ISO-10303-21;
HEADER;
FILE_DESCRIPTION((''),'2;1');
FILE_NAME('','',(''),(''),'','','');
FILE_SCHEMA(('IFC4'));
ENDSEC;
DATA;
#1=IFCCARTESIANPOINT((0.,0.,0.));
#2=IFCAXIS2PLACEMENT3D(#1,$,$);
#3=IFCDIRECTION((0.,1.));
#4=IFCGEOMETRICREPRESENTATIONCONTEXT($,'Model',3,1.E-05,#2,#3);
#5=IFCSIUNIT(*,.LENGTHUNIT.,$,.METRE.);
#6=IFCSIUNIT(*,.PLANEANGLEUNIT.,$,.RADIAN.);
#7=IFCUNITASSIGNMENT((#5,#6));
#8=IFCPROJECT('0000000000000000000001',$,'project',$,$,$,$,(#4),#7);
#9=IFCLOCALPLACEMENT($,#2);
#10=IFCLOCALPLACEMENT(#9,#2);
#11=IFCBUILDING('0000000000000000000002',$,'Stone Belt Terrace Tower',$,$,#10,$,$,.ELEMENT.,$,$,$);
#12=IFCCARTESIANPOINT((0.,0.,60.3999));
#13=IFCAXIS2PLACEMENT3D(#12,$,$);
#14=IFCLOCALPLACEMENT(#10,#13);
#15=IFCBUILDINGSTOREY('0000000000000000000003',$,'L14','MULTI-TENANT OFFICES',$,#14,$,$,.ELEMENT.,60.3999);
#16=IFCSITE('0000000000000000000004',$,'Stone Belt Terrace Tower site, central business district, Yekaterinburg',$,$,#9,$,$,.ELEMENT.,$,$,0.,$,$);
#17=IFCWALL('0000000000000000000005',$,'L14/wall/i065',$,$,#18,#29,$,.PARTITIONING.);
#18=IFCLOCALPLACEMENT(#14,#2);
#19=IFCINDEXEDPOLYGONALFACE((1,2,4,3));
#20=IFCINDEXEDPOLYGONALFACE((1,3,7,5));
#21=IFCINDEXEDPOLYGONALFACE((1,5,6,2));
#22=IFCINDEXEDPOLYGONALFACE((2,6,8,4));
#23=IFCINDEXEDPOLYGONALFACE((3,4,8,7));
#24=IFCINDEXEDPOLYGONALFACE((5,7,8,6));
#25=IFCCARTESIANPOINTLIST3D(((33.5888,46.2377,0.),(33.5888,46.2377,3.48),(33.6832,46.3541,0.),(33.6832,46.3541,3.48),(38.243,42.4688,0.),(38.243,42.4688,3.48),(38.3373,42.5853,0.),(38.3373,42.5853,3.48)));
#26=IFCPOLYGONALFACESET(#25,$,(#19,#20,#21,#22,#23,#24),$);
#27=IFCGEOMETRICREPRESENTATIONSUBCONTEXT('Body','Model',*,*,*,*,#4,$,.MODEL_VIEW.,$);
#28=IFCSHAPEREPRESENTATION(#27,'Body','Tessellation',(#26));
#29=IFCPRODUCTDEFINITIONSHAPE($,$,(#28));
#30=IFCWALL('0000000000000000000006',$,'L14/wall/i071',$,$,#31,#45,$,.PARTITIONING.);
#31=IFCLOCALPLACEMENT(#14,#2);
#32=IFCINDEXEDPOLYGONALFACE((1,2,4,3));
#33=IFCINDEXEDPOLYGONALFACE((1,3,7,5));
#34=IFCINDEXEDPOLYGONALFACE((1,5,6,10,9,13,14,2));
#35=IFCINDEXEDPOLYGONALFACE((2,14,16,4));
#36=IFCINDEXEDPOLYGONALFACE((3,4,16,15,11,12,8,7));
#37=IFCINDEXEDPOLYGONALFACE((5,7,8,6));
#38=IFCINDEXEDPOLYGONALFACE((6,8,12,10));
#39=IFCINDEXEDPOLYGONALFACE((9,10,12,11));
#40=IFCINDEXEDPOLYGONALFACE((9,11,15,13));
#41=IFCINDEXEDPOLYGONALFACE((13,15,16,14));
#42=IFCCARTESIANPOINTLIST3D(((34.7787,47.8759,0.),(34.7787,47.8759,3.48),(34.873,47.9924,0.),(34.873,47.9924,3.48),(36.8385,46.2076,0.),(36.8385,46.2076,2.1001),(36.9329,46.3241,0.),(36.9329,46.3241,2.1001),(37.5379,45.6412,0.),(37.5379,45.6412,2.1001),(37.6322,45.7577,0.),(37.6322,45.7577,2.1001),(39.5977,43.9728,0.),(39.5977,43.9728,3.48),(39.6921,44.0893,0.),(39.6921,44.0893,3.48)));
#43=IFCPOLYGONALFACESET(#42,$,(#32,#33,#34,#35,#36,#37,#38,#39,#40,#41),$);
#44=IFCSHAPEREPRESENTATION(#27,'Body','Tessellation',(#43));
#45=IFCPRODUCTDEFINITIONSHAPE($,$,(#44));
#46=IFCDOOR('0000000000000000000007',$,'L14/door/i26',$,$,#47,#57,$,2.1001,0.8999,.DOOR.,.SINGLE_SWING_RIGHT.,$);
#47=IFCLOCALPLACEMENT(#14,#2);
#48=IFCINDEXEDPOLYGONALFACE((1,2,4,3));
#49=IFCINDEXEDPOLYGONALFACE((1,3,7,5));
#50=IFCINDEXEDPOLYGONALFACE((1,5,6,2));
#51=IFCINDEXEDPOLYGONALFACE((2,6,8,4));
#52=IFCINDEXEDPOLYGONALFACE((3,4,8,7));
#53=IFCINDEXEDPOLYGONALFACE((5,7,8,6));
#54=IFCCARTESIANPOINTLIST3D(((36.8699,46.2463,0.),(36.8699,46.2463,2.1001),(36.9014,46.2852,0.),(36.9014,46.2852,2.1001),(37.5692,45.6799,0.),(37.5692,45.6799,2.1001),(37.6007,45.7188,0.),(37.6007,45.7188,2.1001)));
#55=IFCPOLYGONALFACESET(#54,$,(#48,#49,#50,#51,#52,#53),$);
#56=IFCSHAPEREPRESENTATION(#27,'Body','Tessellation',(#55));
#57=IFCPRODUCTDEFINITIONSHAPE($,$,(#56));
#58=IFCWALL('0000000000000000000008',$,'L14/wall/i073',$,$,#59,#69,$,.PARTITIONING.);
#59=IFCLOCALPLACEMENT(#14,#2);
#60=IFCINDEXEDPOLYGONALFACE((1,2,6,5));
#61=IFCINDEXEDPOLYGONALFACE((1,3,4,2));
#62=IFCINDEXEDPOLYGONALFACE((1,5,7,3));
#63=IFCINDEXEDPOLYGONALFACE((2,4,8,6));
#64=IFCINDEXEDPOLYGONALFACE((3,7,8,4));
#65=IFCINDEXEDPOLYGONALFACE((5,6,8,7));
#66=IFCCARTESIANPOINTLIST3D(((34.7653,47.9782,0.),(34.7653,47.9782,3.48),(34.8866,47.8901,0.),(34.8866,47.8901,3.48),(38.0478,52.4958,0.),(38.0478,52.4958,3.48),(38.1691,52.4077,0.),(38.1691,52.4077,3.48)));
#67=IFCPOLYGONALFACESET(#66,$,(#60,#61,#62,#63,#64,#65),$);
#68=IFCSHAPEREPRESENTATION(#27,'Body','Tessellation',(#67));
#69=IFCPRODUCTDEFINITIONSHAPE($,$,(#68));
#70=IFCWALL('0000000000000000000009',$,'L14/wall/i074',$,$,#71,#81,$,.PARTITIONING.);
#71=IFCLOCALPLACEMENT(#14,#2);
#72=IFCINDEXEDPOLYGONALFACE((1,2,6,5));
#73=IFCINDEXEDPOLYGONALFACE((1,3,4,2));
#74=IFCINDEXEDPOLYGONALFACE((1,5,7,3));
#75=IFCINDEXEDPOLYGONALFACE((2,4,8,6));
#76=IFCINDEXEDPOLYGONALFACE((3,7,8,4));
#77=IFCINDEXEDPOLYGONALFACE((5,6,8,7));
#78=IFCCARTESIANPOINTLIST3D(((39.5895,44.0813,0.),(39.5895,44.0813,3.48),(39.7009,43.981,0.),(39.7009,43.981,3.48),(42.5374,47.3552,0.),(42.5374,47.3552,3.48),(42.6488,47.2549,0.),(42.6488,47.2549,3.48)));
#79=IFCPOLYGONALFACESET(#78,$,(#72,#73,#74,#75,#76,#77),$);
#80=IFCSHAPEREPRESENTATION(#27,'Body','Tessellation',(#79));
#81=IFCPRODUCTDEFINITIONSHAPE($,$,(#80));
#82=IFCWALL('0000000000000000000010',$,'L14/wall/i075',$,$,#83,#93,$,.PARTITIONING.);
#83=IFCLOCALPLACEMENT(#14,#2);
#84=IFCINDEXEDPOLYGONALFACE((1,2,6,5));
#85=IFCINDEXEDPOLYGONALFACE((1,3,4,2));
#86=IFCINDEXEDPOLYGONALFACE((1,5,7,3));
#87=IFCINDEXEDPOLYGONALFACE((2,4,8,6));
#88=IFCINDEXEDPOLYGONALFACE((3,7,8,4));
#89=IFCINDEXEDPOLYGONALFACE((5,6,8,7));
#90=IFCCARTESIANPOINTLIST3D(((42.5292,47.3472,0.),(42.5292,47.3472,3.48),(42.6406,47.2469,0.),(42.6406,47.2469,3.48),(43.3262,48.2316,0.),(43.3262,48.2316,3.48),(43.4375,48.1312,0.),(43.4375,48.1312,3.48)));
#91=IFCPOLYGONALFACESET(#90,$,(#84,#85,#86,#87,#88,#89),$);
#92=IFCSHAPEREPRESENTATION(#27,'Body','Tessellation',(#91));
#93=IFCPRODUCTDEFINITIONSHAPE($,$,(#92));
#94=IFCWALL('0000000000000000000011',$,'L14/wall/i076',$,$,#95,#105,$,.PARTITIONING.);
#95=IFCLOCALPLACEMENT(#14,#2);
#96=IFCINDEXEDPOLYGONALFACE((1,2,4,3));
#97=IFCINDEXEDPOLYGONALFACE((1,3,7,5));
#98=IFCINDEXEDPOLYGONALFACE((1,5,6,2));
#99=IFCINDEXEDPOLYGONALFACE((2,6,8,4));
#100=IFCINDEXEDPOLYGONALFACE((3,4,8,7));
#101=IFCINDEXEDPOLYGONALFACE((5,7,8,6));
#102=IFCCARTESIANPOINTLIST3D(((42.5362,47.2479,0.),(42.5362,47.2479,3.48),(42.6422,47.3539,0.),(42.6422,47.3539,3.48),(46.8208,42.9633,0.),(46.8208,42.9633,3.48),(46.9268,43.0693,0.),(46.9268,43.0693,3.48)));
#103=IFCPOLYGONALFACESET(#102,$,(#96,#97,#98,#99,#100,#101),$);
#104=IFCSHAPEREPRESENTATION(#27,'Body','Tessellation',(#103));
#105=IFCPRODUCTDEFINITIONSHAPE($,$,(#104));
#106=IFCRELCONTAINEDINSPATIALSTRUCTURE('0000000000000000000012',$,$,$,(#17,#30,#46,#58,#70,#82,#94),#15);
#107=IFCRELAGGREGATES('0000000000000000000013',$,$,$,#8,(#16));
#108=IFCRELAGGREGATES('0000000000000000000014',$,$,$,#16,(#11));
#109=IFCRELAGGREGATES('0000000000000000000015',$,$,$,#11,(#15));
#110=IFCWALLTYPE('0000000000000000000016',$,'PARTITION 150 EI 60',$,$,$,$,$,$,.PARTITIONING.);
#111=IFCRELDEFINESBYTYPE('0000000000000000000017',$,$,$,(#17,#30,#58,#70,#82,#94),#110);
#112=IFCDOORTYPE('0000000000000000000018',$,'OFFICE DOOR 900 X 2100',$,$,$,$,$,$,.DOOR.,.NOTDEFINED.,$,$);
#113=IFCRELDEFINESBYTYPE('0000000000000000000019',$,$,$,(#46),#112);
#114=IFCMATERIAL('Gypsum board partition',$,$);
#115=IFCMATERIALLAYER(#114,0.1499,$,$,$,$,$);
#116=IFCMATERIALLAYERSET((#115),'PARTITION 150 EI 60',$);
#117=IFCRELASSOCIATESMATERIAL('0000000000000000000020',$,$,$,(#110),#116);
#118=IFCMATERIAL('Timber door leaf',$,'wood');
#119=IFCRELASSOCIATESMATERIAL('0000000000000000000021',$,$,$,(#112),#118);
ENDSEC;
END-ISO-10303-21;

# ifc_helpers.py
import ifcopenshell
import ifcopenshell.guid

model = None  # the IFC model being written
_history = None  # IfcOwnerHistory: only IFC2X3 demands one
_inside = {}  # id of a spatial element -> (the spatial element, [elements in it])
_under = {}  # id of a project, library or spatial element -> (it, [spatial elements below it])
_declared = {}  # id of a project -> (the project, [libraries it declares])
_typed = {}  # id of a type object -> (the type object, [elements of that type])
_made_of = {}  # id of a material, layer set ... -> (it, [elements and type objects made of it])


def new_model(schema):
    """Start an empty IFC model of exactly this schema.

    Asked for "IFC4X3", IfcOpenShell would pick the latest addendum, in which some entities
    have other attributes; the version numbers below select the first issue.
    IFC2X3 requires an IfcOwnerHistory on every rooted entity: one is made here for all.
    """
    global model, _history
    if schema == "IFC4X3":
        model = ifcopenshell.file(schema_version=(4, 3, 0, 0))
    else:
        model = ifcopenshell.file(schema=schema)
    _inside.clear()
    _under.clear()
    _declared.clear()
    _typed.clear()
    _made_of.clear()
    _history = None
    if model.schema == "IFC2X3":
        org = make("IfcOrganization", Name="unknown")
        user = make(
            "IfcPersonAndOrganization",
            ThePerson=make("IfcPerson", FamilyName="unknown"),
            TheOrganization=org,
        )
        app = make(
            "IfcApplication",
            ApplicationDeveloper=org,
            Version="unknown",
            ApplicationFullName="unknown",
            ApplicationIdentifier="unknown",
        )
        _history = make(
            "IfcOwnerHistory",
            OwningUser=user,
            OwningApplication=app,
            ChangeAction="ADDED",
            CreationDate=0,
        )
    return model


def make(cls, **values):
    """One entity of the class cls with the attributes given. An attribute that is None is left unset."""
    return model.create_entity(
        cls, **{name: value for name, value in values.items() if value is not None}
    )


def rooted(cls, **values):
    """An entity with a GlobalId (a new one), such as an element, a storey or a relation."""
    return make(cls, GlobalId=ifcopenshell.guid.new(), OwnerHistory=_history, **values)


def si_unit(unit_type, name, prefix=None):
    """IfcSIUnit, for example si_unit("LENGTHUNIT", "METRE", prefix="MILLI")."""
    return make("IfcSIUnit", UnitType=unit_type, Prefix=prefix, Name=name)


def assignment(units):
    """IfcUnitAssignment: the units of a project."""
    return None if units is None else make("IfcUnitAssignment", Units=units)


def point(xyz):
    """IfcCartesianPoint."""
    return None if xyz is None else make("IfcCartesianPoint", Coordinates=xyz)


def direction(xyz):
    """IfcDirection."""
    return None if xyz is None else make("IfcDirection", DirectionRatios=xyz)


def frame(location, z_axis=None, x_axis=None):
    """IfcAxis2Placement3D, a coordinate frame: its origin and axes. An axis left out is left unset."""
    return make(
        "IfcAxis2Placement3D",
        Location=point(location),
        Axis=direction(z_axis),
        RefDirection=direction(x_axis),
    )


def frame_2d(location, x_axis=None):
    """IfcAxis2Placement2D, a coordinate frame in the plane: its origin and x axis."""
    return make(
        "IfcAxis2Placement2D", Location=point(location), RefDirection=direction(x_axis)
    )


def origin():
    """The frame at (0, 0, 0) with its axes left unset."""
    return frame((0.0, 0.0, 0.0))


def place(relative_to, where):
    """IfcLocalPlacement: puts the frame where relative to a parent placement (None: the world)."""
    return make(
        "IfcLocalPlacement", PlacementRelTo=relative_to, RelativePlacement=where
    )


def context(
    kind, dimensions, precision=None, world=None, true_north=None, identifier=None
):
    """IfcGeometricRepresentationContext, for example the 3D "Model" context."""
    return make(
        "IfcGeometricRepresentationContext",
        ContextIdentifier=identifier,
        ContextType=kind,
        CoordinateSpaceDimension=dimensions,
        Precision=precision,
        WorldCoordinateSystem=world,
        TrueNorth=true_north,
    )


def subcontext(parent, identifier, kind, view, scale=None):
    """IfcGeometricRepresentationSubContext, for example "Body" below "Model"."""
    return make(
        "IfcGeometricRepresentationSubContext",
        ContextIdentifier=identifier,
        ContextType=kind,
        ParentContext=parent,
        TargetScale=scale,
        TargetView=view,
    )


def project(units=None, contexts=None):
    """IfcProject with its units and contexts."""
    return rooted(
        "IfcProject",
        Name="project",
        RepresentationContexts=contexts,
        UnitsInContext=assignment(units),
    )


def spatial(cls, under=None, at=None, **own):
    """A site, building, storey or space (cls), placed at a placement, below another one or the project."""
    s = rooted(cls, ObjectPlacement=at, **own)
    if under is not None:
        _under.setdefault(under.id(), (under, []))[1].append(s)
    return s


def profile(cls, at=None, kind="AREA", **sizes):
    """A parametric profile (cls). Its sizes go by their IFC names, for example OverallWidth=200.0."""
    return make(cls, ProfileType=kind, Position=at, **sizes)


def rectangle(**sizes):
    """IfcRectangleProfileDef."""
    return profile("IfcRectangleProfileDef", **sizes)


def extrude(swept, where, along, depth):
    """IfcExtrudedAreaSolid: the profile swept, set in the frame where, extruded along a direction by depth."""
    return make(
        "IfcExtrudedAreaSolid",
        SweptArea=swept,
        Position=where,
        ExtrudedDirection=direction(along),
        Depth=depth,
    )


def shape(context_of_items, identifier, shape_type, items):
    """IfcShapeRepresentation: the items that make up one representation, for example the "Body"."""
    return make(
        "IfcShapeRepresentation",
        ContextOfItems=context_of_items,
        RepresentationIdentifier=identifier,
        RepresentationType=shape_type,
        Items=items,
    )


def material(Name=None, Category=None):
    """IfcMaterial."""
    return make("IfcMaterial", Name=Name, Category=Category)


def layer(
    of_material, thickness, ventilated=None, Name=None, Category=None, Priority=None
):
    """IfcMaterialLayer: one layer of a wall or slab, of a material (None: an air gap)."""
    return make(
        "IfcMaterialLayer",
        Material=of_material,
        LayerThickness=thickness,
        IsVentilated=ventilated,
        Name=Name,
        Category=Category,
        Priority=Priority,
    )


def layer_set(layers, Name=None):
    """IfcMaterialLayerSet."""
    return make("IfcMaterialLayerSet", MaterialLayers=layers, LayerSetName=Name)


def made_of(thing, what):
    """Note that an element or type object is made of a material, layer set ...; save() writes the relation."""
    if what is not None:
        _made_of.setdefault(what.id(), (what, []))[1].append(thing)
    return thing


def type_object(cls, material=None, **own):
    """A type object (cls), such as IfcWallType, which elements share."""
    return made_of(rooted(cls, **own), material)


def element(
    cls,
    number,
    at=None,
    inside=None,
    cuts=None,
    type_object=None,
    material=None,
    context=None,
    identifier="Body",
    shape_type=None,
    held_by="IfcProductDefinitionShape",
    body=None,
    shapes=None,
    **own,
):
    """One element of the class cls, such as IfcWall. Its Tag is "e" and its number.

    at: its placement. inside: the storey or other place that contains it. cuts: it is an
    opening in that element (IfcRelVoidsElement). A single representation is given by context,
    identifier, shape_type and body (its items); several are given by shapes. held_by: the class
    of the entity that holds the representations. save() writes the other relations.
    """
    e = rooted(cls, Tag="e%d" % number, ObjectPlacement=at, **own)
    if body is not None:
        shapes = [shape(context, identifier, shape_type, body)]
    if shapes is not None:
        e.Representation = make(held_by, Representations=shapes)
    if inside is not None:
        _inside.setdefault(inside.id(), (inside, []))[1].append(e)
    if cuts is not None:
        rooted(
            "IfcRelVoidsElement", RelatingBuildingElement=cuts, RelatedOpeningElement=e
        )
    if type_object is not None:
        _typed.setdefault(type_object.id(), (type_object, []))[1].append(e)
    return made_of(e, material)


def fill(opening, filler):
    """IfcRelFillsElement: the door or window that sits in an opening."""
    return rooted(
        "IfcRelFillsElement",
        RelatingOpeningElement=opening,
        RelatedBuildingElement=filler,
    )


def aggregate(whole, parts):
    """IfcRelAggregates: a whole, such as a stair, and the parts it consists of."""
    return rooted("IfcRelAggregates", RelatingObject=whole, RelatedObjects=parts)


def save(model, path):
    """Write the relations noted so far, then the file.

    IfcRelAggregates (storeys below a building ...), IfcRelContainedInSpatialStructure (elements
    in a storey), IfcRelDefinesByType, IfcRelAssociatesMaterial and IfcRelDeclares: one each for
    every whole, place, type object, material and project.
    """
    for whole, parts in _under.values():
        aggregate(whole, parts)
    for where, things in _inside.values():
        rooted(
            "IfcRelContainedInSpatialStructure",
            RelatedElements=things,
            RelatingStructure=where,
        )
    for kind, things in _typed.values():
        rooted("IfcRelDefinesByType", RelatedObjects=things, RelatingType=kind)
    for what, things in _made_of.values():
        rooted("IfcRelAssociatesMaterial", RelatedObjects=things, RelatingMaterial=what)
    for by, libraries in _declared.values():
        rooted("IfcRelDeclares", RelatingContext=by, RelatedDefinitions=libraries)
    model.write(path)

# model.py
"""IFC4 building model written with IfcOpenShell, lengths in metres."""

from ifc_helpers import new_model, si_unit, direction, frame, frame_2d, origin, place, context, subcontext, project, spatial, rectangle, extrude, material, layer, layer_set, type_object, element, fill, save


model = new_model("IFC4")

# Units and contexts
model_context = context("Model", 3, precision=1e-05, world=origin(), true_north=direction((0.0, 1.0)))
body_context = subcontext(model_context, "Body", "Model", "MODEL_VIEW")
ifc_project = project(units=[si_unit("LENGTHUNIT", "METRE"), si_unit("PLANEANGLEUNIT", "RADIAN")], contexts=[model_context])

# Site, building, storey
site_placement = place(None, origin())
site = spatial("IfcSite", under=ifc_project, at=site_placement, Name="Stone Belt Terrace Tower site, central business district, Yekaterinburg", CompositionType="ELEMENT", RefElevation=0.0)
building_placement = place(site_placement, origin())
building = spatial("IfcBuilding", under=site, at=building_placement, Name="Stone Belt Terrace Tower", CompositionType="ELEMENT")
storey_placement = place(building_placement, frame((0.0, 0.0, 60.3999)))
storey = spatial("IfcBuildingStorey", under=building, at=storey_placement, Name="L14", Description="MULTI-TENANT OFFICES", CompositionType="ELEMENT", Elevation=60.3999)

# Wall
ifc_material_1 = material(Name="Gypsum board partition")
ifc_layer_1 = layer(ifc_material_1, 0.1499)
ifc_layer_set_1 = layer_set([ifc_layer_1], Name="PARTITION 150 EI 60")
wall_type = type_object("IfcWallType", Name="PARTITION 150 EI 60", PredefinedType="PARTITIONING", material=ifc_layer_set_1)
wall_1_placement = place(storey_placement, frame((33.636, 46.2959, 0.0), z_axis=(0.0, 0.0, 1.0), x_axis=(0.777144, -0.629323, 0.0)))
element("IfcWall", 1, at=wall_1_placement, inside=storey, type_object=wall_type, Name="L14/wall/i065", PredefinedType="PARTITIONING", context=body_context, shape_type="SweptSolid", body=[
    extrude(rectangle(XDim=5.9888, YDim=0.1499, at=frame_2d((2.9944, 0.0))), origin(), (0.0, 0.0, 1.0), 3.48),
])

# Wall, opening, door
wall_2_placement = place(storey_placement, frame((34.8259, 47.9341, 0.0), z_axis=(0.0, 0.0, 1.0), x_axis=(0.777094, -0.629384, 0.0)))
wall_2 = element("IfcWall", 2, at=wall_2_placement, inside=storey, type_object=wall_type, Name="L14/wall/i071", PredefinedType="PARTITIONING", context=body_context, shape_type="SweptSolid", body=[
    extrude(rectangle(XDim=6.2014, YDim=0.1499, at=frame_2d((3.1006, 0.0))), origin(), (0.0, 0.0, 1.0), 3.48),
])
opening_placement = place(wall_2_placement, frame((2.6506, 0.0, 0.0)))
opening = element("IfcOpeningElement", 3, at=opening_placement, cuts=wall_2, PredefinedType="OPENING", context=body_context, shape_type="SweptSolid", body=[
    extrude(rectangle(XDim=0.8999, YDim=2.1001, at=frame_2d((0.45, 1.05))), frame((0.0, 0.085, 0.0), z_axis=(0.0, -1.0, 0.0), x_axis=(1.0, 0.0, 0.0)), (0.0, 0.0, 1.0), 0.1699),
])
ifc_material_2 = material(Name="Timber door leaf", Category="wood")
door_type = type_object("IfcDoorType", Name="OFFICE DOOR 900 X 2100", OperationType="NOTDEFINED", PredefinedType="DOOR", material=ifc_material_2)
door_placement = place(opening_placement, origin())
door = element("IfcDoor", 4, at=door_placement, inside=storey, type_object=door_type, Name="L14/door/i26", OperationType="SINGLE_SWING_RIGHT", OverallHeight=2.1001, OverallWidth=0.8999, PredefinedType="DOOR", context=body_context, shape_type="SweptSolid", body=[
    extrude(rectangle(XDim=0.8999, YDim=2.1001, at=frame_2d((0.45, 1.05))), frame((0.0, 0.0249, 0.0), z_axis=(0.0, -1.0, 0.0), x_axis=(1.0, 0.0, 0.0)), (0.0, 0.0, 1.0), 0.05),
])
fill(opening, door)

# Walls
wall_3_placement = place(storey_placement, frame((38.1084, 52.4517, 0.0), z_axis=(0.0, 0.0, 1.0), x_axis=(-0.587815, -0.808995, 0.0)))
element("IfcWall", 5, at=wall_3_placement, inside=storey, type_object=wall_type, Name="L14/wall/i073", PredefinedType="PARTITIONING", context=body_context, shape_type="SweptSolid", body=[
    extrude(rectangle(XDim=5.5842, YDim=0.1499, at=frame_2d((2.792, 0.0))), origin(), (0.0, 0.0, 1.0), 3.48),
])
wall_4_placement = place(storey_placement, frame((42.593, 47.3049, 0.0), z_axis=(0.0, 0.0, 1.0), x_axis=(-0.669148, -0.743129, 0.0)))
element("IfcWall", 6, at=wall_4_placement, inside=storey, type_object=wall_type, Name="L14/wall/i074", PredefinedType="PARTITIONING", context=body_context, shape_type="SweptSolid", body=[
    extrude(rectangle(XDim=4.4055, YDim=0.1499, at=frame_2d((2.2026, 0.0))), origin(), (0.0, 0.0, 1.0), 3.48),
])
wall_5_placement = place(storey_placement, frame((43.3818, 48.1814, 0.0), z_axis=(0.0, 0.0, 1.0), x_axis=(-0.669441, -0.742866, 0.0)))
element("IfcWall", 7, at=wall_5_placement, inside=storey, type_object=wall_type, Name="L14/wall/i075", PredefinedType="PARTITIONING", context=body_context, shape_type="SweptSolid", body=[
    extrude(rectangle(XDim=1.1904, YDim=0.1499, at=frame_2d((0.5952, 0.0))), origin(), (0.0, 0.0, 1.0), 3.48),
])
wall_6_placement = place(storey_placement, frame((42.5891, 47.301, 0.0), z_axis=(0.0, 0.0, 1.0), x_axis=(0.707107, -0.707107, 0.0)))
element("IfcWall", 8, at=wall_6_placement, inside=storey, type_object=wall_type, Name="L14/wall/i076", PredefinedType="PARTITIONING", context=body_context, shape_type="SweptSolid", body=[
    extrude(rectangle(XDim=6.0593, YDim=0.1499, at=frame_2d((3.0298, 0.0))), origin(), (0.0, 0.0, 1.0), 3.48),
])

save(model, "model.ifc")
